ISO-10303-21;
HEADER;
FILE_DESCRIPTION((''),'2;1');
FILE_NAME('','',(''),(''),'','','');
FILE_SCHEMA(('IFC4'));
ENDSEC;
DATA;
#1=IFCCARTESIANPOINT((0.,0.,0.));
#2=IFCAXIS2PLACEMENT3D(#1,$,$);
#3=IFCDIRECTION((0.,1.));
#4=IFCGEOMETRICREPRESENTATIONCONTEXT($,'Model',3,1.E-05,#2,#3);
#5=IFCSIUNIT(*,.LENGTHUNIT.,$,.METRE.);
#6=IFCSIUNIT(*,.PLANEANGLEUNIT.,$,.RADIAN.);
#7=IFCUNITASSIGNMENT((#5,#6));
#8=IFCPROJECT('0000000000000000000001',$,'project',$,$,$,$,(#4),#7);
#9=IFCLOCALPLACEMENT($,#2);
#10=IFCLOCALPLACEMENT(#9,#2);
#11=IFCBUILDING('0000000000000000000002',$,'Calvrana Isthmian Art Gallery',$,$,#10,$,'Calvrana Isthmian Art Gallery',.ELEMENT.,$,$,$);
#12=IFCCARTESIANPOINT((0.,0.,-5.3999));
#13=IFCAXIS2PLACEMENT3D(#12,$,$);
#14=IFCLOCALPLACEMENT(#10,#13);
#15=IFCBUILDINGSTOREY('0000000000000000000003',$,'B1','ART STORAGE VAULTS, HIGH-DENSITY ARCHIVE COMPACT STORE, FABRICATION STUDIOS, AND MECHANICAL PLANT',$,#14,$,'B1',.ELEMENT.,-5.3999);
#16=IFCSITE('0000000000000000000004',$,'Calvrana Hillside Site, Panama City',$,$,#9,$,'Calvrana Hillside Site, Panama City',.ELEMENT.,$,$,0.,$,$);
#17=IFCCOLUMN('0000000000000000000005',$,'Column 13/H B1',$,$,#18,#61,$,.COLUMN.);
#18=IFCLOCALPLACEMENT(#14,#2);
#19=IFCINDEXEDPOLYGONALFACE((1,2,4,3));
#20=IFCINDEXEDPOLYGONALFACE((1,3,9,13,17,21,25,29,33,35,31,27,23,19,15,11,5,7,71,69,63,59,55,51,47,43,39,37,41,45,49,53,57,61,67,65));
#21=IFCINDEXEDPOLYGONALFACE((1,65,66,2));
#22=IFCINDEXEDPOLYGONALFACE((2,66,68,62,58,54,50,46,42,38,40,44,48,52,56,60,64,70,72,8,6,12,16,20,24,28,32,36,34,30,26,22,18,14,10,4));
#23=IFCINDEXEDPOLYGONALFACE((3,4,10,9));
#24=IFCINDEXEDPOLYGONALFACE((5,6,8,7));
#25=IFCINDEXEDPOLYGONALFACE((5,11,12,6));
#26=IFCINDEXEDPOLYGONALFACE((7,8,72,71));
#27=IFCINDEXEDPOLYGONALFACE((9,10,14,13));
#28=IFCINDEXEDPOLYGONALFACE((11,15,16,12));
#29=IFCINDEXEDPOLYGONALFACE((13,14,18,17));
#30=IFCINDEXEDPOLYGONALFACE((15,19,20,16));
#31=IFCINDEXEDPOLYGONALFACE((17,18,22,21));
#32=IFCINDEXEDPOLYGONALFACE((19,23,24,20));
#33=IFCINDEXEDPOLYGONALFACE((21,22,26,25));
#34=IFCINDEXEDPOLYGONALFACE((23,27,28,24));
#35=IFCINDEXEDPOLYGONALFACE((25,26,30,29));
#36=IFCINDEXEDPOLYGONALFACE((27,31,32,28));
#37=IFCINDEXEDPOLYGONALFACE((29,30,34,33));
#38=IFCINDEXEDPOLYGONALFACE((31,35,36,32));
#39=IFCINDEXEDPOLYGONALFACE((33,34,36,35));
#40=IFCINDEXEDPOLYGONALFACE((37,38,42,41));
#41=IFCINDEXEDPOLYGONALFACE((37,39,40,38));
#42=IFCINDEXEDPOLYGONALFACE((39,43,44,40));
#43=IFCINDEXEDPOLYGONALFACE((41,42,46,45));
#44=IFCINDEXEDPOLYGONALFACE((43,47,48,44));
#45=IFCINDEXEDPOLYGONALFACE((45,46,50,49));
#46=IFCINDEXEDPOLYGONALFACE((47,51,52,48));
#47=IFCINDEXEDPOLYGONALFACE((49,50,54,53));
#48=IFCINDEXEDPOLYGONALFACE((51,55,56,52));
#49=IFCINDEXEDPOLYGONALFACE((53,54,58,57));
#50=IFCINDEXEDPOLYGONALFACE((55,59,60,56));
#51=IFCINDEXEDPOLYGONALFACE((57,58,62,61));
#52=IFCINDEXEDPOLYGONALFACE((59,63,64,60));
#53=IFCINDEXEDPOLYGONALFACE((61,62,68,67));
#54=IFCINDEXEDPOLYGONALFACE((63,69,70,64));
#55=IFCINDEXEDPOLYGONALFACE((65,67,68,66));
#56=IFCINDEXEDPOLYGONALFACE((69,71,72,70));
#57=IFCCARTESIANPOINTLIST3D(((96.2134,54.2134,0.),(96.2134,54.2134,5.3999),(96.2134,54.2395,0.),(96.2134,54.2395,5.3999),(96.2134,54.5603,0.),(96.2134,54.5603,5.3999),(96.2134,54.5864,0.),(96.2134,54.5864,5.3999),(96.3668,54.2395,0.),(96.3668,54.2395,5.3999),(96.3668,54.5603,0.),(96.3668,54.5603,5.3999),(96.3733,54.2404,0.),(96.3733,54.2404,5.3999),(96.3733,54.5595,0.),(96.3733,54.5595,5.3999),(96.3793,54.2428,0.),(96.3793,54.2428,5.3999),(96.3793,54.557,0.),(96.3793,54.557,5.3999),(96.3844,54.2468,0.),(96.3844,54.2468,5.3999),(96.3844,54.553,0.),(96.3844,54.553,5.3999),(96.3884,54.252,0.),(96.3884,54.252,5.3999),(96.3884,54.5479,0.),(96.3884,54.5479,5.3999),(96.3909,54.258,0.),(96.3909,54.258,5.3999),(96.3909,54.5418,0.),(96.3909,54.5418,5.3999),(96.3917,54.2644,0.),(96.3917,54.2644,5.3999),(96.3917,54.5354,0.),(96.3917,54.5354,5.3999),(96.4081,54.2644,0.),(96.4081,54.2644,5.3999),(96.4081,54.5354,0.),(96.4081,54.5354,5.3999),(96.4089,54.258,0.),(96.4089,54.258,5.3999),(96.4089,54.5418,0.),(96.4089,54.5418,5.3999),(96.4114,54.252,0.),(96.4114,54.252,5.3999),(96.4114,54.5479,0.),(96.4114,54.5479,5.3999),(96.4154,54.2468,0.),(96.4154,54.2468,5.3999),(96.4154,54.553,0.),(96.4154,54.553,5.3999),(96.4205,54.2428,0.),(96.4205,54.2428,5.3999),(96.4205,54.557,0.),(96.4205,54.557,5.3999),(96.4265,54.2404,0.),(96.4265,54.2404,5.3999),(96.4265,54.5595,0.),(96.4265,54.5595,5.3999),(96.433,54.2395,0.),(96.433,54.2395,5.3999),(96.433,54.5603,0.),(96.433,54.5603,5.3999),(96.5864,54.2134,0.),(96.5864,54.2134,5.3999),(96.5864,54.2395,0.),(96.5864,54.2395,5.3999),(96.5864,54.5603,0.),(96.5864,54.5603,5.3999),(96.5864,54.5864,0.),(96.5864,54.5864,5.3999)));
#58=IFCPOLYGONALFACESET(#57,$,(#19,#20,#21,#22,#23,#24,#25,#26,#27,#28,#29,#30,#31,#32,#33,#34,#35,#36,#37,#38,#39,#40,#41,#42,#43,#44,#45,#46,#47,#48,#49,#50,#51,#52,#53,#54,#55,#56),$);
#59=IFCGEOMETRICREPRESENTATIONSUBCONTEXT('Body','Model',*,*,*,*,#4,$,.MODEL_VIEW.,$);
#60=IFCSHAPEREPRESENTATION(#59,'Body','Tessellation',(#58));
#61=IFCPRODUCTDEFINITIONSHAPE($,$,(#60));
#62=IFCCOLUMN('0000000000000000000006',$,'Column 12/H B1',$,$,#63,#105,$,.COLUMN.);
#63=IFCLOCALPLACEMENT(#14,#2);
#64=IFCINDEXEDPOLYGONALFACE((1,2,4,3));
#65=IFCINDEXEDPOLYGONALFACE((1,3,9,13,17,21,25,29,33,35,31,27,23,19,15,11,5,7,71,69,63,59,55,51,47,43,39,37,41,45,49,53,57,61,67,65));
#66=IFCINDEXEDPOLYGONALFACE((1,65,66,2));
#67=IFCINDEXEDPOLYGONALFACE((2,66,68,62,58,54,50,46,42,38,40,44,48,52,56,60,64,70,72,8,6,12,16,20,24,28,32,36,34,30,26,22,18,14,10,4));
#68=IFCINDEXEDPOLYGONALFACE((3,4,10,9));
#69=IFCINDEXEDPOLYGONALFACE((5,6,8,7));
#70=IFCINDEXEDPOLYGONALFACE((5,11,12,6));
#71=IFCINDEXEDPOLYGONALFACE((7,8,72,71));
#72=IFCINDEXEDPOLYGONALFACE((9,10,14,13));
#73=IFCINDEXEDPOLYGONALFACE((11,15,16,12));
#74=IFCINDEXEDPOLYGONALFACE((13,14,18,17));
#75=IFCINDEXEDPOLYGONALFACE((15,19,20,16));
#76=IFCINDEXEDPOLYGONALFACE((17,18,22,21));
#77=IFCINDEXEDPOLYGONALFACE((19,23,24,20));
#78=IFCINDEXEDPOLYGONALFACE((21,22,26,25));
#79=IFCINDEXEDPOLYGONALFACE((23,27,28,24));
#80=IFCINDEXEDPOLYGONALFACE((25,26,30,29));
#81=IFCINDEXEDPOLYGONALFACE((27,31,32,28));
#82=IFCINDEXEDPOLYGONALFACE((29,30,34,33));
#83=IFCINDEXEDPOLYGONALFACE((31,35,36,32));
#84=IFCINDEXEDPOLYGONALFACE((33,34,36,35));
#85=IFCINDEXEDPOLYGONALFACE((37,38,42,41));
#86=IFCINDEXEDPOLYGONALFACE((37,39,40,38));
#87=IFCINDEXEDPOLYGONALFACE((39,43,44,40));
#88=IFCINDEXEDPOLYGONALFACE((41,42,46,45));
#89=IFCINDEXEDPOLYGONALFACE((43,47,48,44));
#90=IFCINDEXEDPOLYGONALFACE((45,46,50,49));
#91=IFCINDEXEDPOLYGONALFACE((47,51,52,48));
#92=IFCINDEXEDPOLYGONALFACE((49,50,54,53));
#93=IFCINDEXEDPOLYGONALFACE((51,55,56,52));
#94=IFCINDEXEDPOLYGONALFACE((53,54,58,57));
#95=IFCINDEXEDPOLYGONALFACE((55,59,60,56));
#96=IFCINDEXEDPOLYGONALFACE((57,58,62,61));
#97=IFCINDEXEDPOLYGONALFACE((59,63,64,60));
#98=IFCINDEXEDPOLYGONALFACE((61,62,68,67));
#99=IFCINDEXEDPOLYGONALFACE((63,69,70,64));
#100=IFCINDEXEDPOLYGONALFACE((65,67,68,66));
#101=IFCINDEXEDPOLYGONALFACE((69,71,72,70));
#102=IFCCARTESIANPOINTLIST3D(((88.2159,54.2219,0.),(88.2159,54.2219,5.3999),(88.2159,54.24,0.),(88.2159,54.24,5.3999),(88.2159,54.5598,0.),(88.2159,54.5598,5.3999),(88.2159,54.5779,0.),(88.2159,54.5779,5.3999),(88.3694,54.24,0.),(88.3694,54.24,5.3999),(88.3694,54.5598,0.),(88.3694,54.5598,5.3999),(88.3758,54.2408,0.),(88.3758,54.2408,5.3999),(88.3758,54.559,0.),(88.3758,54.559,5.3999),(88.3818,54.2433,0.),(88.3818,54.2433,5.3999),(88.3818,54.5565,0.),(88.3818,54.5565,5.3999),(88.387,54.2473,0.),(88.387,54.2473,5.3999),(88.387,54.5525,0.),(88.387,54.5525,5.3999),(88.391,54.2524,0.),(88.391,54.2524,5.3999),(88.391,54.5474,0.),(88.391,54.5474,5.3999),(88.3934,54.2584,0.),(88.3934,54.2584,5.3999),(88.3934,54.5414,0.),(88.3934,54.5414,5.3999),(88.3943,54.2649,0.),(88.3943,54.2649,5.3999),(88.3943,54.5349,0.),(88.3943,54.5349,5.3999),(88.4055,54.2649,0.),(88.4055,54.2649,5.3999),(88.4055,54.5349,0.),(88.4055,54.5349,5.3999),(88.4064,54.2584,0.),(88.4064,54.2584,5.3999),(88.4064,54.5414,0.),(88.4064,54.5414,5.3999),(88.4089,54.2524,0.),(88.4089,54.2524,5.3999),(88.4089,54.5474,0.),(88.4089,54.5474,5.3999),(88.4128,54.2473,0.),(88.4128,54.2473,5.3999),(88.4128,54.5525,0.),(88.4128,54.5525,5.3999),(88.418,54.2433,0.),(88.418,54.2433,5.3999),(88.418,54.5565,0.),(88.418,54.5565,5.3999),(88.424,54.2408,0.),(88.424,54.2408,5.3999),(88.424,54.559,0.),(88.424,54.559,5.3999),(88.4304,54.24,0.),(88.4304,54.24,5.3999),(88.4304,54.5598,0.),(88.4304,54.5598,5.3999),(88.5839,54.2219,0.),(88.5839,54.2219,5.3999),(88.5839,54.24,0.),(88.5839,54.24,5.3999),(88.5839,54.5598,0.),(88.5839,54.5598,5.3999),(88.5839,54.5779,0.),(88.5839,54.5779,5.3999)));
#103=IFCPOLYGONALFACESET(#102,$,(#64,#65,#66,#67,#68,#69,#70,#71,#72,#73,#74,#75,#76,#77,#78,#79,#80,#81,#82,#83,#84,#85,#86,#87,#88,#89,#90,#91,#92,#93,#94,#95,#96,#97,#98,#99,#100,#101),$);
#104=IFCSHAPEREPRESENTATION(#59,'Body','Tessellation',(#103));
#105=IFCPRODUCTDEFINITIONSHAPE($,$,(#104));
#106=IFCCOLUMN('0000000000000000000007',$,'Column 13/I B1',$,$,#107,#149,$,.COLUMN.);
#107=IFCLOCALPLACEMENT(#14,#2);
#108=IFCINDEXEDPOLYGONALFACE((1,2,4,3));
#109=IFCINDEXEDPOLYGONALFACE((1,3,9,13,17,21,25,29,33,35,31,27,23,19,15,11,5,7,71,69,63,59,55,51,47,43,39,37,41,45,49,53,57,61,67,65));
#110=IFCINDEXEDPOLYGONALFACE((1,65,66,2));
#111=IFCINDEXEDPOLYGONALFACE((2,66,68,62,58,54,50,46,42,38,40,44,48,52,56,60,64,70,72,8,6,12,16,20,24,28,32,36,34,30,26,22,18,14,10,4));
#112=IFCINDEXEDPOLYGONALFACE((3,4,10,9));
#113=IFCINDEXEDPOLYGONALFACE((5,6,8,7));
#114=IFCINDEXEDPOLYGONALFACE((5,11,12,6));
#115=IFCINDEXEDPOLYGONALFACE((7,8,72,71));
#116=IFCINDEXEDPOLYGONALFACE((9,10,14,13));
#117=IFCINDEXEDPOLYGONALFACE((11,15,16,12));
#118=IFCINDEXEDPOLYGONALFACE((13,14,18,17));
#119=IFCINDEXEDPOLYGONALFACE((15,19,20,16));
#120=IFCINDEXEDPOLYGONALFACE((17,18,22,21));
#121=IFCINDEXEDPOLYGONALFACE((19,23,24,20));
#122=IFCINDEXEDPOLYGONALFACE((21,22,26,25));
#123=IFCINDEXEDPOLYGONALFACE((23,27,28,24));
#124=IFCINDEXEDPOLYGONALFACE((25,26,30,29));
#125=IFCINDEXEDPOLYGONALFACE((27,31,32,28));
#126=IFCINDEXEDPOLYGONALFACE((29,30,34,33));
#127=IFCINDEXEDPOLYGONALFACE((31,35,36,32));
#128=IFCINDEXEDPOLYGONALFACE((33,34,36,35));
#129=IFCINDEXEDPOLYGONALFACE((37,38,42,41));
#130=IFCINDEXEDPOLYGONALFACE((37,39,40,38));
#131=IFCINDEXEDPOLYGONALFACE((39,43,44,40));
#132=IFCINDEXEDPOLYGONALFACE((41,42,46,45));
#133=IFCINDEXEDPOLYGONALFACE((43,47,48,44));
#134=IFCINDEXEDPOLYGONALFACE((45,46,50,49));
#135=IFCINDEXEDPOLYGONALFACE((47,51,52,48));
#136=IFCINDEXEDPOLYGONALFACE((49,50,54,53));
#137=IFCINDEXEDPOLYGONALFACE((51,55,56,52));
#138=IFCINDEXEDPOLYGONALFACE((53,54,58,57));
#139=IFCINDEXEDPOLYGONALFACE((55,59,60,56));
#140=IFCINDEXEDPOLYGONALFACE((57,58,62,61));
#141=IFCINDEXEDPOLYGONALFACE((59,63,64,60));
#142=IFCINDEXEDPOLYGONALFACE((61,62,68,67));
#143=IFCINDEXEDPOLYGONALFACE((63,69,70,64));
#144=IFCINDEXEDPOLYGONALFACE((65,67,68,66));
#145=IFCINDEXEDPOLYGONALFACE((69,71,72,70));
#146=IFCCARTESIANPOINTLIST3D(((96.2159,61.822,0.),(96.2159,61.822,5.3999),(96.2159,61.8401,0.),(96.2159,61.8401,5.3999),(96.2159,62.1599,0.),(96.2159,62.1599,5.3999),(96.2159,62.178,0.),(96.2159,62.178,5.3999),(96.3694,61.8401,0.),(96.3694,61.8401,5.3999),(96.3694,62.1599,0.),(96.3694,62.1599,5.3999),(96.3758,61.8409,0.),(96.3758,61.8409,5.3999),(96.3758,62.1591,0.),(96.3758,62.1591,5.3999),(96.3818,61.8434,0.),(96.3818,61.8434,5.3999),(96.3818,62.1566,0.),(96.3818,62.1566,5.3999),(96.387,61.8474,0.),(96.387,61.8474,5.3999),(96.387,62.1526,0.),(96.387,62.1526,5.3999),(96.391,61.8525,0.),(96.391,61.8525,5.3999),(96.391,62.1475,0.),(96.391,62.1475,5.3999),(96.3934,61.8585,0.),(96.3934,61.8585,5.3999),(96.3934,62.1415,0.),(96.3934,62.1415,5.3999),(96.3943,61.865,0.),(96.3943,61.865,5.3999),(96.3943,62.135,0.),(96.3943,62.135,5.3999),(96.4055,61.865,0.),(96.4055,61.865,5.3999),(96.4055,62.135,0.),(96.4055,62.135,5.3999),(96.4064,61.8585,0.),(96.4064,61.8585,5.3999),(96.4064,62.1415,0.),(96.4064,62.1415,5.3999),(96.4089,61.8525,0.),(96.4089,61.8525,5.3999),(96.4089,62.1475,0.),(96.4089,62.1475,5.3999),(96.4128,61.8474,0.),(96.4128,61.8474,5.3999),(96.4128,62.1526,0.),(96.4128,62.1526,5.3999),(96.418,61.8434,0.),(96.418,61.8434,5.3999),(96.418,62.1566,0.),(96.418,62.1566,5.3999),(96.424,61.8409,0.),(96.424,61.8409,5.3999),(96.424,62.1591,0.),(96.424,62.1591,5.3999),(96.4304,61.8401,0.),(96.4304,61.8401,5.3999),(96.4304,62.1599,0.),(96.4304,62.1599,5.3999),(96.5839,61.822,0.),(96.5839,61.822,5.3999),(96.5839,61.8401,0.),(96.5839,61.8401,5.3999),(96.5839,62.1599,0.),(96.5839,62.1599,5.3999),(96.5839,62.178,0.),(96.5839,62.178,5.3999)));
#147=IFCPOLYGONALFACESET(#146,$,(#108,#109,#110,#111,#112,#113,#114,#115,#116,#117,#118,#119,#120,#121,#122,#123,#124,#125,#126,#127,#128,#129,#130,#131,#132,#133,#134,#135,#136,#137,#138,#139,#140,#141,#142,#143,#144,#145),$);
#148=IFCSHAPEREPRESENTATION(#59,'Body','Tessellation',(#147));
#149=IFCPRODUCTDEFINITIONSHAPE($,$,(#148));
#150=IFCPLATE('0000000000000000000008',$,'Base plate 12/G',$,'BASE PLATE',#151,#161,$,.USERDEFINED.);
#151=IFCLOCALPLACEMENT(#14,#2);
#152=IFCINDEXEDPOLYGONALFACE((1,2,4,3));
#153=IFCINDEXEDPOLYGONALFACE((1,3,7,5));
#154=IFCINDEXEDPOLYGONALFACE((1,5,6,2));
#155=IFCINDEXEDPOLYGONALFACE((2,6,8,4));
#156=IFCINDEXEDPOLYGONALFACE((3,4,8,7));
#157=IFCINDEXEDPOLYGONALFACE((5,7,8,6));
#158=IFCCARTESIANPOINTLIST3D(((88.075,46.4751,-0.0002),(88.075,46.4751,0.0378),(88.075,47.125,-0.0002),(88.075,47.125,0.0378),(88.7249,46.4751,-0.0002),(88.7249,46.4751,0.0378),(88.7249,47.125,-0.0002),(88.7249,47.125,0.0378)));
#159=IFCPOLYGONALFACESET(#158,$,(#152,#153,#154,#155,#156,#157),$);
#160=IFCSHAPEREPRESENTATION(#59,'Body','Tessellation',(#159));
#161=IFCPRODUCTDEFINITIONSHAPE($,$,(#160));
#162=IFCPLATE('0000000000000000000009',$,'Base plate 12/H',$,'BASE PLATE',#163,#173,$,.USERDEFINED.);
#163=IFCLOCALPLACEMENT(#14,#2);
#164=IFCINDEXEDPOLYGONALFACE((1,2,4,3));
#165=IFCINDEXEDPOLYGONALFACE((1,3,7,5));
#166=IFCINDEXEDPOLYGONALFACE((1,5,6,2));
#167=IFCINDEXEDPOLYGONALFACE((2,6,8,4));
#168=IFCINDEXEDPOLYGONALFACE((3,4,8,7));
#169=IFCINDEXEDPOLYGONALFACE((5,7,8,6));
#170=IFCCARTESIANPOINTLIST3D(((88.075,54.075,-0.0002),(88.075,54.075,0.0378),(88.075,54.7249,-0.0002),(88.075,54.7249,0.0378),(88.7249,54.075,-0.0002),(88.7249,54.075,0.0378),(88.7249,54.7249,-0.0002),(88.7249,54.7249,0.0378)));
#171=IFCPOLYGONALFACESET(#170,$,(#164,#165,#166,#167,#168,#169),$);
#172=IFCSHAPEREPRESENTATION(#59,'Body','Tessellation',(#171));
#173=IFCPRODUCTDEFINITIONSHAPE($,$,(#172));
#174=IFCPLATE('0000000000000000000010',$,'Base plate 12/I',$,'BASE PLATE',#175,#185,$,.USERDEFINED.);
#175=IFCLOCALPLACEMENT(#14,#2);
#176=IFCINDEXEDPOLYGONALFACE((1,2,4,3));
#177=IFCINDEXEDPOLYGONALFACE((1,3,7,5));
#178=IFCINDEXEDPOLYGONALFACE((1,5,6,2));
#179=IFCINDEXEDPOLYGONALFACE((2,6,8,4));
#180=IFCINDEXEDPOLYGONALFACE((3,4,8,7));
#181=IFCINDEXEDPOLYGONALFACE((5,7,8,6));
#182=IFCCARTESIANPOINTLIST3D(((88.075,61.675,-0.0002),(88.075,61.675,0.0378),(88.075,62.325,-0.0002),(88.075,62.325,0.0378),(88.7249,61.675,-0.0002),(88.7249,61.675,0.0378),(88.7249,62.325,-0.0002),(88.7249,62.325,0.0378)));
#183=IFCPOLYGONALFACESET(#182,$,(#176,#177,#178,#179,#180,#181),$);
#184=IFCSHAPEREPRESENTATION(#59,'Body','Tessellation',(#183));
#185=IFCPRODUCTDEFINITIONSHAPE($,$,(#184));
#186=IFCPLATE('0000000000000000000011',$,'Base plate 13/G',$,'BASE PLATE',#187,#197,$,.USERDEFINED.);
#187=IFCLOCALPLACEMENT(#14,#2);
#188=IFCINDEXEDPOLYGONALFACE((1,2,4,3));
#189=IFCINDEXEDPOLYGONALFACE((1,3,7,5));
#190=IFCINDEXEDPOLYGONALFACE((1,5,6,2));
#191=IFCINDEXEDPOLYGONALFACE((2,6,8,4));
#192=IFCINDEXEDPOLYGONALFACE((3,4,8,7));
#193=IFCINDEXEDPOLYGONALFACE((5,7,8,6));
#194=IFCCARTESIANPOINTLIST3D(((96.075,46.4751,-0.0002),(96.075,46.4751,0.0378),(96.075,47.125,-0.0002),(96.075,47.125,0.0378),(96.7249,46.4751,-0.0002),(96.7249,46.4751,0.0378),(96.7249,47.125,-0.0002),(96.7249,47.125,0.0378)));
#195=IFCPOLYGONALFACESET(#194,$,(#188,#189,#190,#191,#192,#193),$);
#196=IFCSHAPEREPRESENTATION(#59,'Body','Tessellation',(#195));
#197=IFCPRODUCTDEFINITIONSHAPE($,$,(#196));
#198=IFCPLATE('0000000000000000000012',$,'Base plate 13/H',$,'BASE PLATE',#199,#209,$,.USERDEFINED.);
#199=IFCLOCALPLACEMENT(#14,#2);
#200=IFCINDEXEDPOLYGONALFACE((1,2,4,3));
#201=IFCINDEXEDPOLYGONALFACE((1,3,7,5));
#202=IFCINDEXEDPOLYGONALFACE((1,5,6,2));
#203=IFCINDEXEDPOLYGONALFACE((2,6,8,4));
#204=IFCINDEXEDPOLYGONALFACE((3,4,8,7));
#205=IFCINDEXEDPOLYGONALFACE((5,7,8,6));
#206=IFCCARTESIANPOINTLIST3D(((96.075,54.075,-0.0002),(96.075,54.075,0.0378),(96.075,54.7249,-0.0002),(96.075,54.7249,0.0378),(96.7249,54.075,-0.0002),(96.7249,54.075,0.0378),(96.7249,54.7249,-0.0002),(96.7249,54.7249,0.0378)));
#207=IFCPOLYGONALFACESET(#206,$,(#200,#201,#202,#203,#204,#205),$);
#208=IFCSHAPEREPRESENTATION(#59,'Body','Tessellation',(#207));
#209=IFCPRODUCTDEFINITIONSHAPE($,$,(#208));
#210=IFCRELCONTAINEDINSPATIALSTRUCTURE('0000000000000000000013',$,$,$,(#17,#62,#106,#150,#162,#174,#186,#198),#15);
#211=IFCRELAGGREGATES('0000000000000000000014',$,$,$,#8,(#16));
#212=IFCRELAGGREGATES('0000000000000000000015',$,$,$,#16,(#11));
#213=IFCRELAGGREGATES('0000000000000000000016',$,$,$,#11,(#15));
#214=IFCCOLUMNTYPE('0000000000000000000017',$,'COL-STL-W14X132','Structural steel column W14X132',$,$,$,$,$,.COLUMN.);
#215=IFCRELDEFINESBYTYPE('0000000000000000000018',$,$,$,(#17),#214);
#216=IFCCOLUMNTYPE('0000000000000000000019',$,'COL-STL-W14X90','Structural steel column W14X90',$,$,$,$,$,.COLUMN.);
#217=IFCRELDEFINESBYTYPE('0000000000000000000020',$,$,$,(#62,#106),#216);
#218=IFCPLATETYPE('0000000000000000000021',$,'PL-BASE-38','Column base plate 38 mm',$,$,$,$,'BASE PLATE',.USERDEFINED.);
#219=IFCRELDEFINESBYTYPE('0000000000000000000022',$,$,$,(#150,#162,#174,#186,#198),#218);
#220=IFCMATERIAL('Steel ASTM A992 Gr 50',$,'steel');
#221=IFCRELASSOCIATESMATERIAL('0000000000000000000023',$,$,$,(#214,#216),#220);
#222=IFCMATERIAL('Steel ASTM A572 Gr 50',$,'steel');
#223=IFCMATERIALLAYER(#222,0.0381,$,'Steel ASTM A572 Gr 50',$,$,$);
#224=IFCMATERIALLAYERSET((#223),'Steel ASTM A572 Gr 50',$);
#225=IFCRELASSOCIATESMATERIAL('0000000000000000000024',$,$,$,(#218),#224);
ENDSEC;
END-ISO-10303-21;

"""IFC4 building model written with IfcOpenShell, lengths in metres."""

from ifc_helpers import new_model, si_unit, direction, frame, origin, origin_2d, place, context, subcontext, project, spatial, rectangle, i_section, extrude, material, layer, layer_set, material_profile, profile_set, type_object, element, save


model = new_model("IFC4")

# Units and contexts
model_context = context("Model", 3, precision=1e-05, world=origin(), true_north=direction((0.0, 1.0)))
body_context = subcontext(model_context, "Body", "Model", "MODEL_VIEW")
ifc_project = project(units=[si_unit("LENGTHUNIT", "METRE"), si_unit("PLANEANGLEUNIT", "RADIAN")], contexts=[model_context])

# Site, building, storey
site_placement = place(None, origin())
site = spatial("IfcSite", under=ifc_project, at=site_placement, Name="Calvrana Hillside Site, Panama City", LongName="Calvrana Hillside Site, Panama City", CompositionType="ELEMENT", RefElevation=0.0)
building_placement = place(site_placement, origin())
building = spatial("IfcBuilding", under=site, at=building_placement, Name="Calvrana Isthmian Art Gallery", LongName="Calvrana Isthmian Art Gallery", CompositionType="ELEMENT")
storey_placement = place(building_placement, frame((0.0, 0.0, -5.3999)))
storey = spatial("IfcBuildingStorey", under=building, at=storey_placement, Name="B1", Description="ART STORAGE VAULTS, HIGH-DENSITY ARCHIVE COMPACT STORE, FABRICATION STUDIOS, AND MECHANICAL PLANT", LongName="B1", CompositionType="ELEMENT", Elevation=-5.3999)

# Columns
ifc_material_1 = material(Name="Steel ASTM A992 Gr 50", Category="steel")
ifc_material_profile_1 = material_profile(ifc_material_1, i_section(OverallWidth=0.373, OverallDepth=0.373, WebThickness=0.0164, FlangeThickness=0.0261, FilletRadius=0.0249, at=origin_2d()), Name="W14X132")
ifc_profile_set_1 = profile_set([ifc_material_profile_1], Name="Steel ASTM A992 Gr 50")
column_type_1 = type_object("IfcColumnType", Name="COL-STL-W14X132", Description="Structural steel column W14X132", PredefinedType="COLUMN", material=ifc_profile_set_1)
for number, where, z_axis, x_axis, name in (
    (1, (96.3999, 54.3999, 0.0), (0.0, 0.0, 1.0), (1.0, 0.0, 0.0), "Column 13/H B1"),
):
    element("IfcColumn", number, at=place(storey_placement, frame(where, z_axis=z_axis, x_axis=x_axis)), inside=storey, type_object=column_type_1, Name=name, PredefinedType="COLUMN", context=body_context, shape_type="SweptSolid", body=[
        extrude(i_section(OverallWidth=0.373, OverallDepth=0.373, WebThickness=0.0164, FlangeThickness=0.0261, FilletRadius=0.0249, at=origin_2d()), origin(), (0.0, 0.0, 1.0), 5.3999),
    ])
ifc_material_profile_2 = material_profile(ifc_material_1, i_section(OverallWidth=0.3679, OverallDepth=0.356, WebThickness=0.0112, FlangeThickness=0.0181, FilletRadius=0.0249, at=origin_2d()), Name="W14X90")
ifc_profile_set_2 = profile_set([ifc_material_profile_2], Name="Steel ASTM A992 Gr 50")
column_type_2 = type_object("IfcColumnType", Name="COL-STL-W14X90", Description="Structural steel column W14X90", PredefinedType="COLUMN", material=ifc_profile_set_2)
for number, where, z_axis, x_axis, name in (
    (2, (88.3999, 54.3999, 0.0), (0.0, 0.0, 1.0), (1.0, 0.0, 0.0), "Column 12/H B1"),
    (3, (96.3999, 62.0, 0.0), (0.0, 0.0, 1.0), (1.0, 0.0, 0.0), "Column 13/I B1"),
):
    element("IfcColumn", number, at=place(storey_placement, frame(where, z_axis=z_axis, x_axis=x_axis)), inside=storey, type_object=column_type_2, Name=name, PredefinedType="COLUMN", context=body_context, shape_type="SweptSolid", body=[
        extrude(i_section(OverallWidth=0.3679, OverallDepth=0.356, WebThickness=0.0112, FlangeThickness=0.0181, FilletRadius=0.0249, at=origin_2d()), origin(), (0.0, 0.0, 1.0), 5.3999),
    ])

# Plates
ifc_material_2 = material(Name="Steel ASTM A572 Gr 50", Category="steel")
ifc_layer_1 = layer(ifc_material_2, 0.0381, Name="Steel ASTM A572 Gr 50")
ifc_layer_set_1 = layer_set([ifc_layer_1], Name="Steel ASTM A572 Gr 50")
plate_type = type_object("IfcPlateType", Name="PL-BASE-38", Description="Column base plate 38 mm", ElementType="BASE PLATE", PredefinedType="USERDEFINED", material=ifc_layer_set_1)
for number, where, z_axis, x_axis, name in (
    (4, (88.3999, 46.8, -0.0002), (0.0, 0.0, 1.0), (1.0, 0.0, 0.0), "Base plate 12/G"),
    (5, (88.3999, 54.3999, -0.0002), (0.0, 0.0, 1.0), (1.0, 0.0, 0.0), "Base plate 12/H"),
    (6, (88.3999, 62.0, -0.0002), (0.0, 0.0, 1.0), (1.0, 0.0, 0.0), "Base plate 12/I"),
    (7, (96.3999, 46.8, -0.0002), (0.0, 0.0, 1.0), (1.0, 0.0, 0.0), "Base plate 13/G"),
    (8, (96.3999, 54.3999, -0.0002), (0.0, 0.0, 1.0), (1.0, 0.0, 0.0), "Base plate 13/H"),
):
    element("IfcPlate", number, at=place(storey_placement, frame(where, z_axis=z_axis, x_axis=x_axis)), inside=storey, type_object=plate_type, Name=name, ObjectType="BASE PLATE", PredefinedType="USERDEFINED", context=body_context, shape_type="SweptSolid", body=[
        extrude(rectangle(XDim=0.6499, YDim=0.6499, at=origin_2d()), origin(), (0.0, 0.0, 1.0), 0.0381),
    ])

save(model, "model.ifc")
